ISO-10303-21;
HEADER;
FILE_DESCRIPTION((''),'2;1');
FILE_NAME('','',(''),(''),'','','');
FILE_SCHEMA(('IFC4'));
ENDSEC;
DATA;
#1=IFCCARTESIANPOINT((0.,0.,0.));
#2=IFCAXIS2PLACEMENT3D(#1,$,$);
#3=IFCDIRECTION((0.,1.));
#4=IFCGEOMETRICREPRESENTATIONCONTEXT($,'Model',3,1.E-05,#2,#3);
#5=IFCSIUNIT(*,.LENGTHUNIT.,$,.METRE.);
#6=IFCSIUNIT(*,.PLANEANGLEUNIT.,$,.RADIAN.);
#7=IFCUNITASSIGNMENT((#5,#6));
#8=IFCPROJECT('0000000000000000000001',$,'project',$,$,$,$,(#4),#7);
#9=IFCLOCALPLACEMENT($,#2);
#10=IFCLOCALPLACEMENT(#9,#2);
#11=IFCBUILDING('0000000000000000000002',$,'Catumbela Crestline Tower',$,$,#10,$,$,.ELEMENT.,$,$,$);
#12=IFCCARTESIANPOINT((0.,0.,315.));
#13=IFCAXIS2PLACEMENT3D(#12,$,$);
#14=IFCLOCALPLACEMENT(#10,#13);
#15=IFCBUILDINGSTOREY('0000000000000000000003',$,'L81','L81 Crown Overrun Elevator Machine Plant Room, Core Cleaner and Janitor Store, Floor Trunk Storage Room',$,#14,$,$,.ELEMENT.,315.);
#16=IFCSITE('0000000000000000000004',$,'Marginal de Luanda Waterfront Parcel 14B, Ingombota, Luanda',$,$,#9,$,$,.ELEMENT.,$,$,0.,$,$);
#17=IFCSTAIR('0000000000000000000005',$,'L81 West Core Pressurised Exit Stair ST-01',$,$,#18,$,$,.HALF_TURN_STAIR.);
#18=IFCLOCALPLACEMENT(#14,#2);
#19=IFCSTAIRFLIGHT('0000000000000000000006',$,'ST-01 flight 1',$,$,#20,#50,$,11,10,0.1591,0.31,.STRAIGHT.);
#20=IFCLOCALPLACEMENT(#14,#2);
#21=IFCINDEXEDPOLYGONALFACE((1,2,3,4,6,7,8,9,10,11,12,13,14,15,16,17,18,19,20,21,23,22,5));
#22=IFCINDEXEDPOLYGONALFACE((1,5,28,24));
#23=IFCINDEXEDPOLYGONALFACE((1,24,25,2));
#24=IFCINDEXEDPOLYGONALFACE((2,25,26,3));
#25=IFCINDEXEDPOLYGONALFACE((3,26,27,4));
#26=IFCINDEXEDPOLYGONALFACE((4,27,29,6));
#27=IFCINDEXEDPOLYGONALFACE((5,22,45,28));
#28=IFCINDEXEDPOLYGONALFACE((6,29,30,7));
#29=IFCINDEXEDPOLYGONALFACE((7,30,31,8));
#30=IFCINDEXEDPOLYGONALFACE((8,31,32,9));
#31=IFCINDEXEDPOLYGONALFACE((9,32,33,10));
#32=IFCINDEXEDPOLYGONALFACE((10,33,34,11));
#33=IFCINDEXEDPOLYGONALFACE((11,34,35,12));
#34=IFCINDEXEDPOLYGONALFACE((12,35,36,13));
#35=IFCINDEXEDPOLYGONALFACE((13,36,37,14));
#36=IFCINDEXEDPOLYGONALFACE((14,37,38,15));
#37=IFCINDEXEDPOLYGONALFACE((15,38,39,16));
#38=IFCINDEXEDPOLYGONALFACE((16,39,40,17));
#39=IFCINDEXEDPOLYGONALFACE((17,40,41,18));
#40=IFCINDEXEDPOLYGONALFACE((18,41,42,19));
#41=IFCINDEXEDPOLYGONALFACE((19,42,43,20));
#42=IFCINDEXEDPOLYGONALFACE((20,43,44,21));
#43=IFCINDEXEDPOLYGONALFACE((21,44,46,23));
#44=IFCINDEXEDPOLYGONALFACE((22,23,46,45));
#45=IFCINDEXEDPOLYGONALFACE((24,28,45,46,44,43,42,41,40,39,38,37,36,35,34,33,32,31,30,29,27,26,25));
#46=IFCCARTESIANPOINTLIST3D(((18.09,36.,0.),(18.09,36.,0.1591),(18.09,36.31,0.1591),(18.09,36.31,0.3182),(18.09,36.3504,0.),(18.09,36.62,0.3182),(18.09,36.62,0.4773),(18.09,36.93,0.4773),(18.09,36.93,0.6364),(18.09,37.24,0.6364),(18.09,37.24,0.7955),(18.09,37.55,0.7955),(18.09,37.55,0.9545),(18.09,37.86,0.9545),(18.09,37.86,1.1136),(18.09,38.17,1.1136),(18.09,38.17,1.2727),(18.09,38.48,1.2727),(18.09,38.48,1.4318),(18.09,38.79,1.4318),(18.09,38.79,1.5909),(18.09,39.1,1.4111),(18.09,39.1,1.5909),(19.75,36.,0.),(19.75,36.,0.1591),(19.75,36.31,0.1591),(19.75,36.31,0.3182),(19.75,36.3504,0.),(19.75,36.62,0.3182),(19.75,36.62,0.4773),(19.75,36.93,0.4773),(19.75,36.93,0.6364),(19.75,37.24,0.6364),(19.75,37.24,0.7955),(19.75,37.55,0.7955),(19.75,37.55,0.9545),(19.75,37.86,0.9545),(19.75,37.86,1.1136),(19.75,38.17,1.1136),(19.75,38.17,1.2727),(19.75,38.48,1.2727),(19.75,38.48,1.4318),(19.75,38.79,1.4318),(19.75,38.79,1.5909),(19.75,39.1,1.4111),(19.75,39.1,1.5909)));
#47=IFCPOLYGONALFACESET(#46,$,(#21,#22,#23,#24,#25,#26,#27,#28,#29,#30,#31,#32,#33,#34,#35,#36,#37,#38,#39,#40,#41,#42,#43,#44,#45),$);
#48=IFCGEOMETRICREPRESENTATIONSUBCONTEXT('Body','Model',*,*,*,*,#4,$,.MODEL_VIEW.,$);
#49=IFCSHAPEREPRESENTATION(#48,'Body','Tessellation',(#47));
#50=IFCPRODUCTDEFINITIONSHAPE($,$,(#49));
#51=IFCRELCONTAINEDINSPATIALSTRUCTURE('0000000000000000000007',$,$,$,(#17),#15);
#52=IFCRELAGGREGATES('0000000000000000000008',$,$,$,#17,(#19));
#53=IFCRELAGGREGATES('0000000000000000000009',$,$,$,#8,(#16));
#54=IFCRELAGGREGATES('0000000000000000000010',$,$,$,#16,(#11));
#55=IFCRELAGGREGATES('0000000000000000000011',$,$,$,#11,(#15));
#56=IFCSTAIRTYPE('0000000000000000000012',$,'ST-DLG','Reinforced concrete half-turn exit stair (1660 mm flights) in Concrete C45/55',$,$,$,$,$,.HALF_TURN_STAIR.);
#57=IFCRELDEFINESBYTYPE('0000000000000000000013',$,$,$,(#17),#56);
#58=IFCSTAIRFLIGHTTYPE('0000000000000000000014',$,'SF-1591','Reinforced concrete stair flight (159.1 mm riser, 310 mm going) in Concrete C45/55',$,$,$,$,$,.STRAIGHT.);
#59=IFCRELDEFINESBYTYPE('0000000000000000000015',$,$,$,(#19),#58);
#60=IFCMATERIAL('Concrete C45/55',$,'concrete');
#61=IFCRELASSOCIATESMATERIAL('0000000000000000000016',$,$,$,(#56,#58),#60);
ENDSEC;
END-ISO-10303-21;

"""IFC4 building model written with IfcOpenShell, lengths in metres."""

from ifc_helpers import new_model, si_unit, direction, frame, origin, place, context, subcontext, project, spatial, polyline, outline, extrude, material, type_object, element, aggregate, save


model = new_model("IFC4")

# Units and contexts
model_context = context("Model", 3, precision=1e-05, world=origin(), true_north=direction((0.0, 1.0)))
body_context = subcontext(model_context, "Body", "Model", "MODEL_VIEW")
ifc_project = project(units=[si_unit("LENGTHUNIT", "METRE"), si_unit("PLANEANGLEUNIT", "RADIAN")], contexts=[model_context])

# Site, building, storey
site_placement = place(None, origin())
site = spatial("IfcSite", under=ifc_project, at=site_placement, Name="Marginal de Luanda Waterfront Parcel 14B, Ingombota, Luanda", CompositionType="ELEMENT", RefElevation=0.0)
building_placement = place(site_placement, origin())
building = spatial("IfcBuilding", under=site, at=building_placement, Name="Catumbela Crestline Tower", CompositionType="ELEMENT")
storey_placement = place(building_placement, frame((0.0, 0.0, 315.0)))
storey = spatial("IfcBuildingStorey", under=building, at=storey_placement, Name="L81", Description="L81 Crown Overrun Elevator Machine Plant Room, Core Cleaner and Janitor Store, Floor Trunk Storage Room", CompositionType="ELEMENT", Elevation=315.0)

# Stair, stair flight
ifc_material_1 = material(Name="Concrete C45/55", Category="concrete")
stair_type = type_object("IfcStairType", Name="ST-DLG", Description="Reinforced concrete half-turn exit stair (1660 mm flights) in Concrete C45/55", PredefinedType="HALF_TURN_STAIR", material=ifc_material_1)
stair_placement = place(storey_placement, origin())
stair = element("IfcStair", 1, at=stair_placement, inside=storey, type_object=stair_type, Name="L81 West Core Pressurised Exit Stair ST-01", PredefinedType="HALF_TURN_STAIR")
stair_flight_type = type_object("IfcStairFlightType", Name="SF-1591", Description="Reinforced concrete stair flight (159.1 mm riser, 310 mm going) in Concrete C45/55", PredefinedType="STRAIGHT", material=ifc_material_1)
stair_flight_placement = place(storey_placement, frame((18.92, 36.0, 0.0), z_axis=(0.0, 0.0, 1.0), x_axis=(0.0, 1.0, 0.0)))
stair_flight = element("IfcStairFlight", 2, at=stair_flight_placement, type_object=stair_flight_type, Name="ST-01 flight 1", NumberOfRisers=11, NumberOfTreads=10, PredefinedType="STRAIGHT", RiserHeight=0.1591, TreadLength=0.31, context=body_context, shape_type="SweptSolid", body=[
    extrude(outline(polyline([(0.0, 0.0), (0.0, 0.1591), (0.31, 0.1591), (0.31, 0.3182), (0.62, 0.3182), (0.62, 0.4773), (0.93, 0.4773), (0.93, 0.6364), (1.24, 0.6364), (1.24, 0.7955), (1.55, 0.7955), (1.55, 0.9545), (1.86, 0.9545), (1.86, 1.1136), (2.17, 1.1136), (2.17, 1.2727), (2.48, 1.2727), (2.48, 1.4318), (2.79, 1.4318), (2.79, 1.5909), (3.1, 1.5909), (3.1, 1.75), (3.1, 1.4111), (0.3504, 0.0), (0.0, 0.0)])), frame((0.0, 0.83, 0.0), z_axis=(0.0, -1.0, 0.0), x_axis=(1.0, 0.0, 0.0)), (0.0, 0.0, 1.0), 1.66),
])
aggregate(stair, [stair_flight])

save(model, "model.ifc")
